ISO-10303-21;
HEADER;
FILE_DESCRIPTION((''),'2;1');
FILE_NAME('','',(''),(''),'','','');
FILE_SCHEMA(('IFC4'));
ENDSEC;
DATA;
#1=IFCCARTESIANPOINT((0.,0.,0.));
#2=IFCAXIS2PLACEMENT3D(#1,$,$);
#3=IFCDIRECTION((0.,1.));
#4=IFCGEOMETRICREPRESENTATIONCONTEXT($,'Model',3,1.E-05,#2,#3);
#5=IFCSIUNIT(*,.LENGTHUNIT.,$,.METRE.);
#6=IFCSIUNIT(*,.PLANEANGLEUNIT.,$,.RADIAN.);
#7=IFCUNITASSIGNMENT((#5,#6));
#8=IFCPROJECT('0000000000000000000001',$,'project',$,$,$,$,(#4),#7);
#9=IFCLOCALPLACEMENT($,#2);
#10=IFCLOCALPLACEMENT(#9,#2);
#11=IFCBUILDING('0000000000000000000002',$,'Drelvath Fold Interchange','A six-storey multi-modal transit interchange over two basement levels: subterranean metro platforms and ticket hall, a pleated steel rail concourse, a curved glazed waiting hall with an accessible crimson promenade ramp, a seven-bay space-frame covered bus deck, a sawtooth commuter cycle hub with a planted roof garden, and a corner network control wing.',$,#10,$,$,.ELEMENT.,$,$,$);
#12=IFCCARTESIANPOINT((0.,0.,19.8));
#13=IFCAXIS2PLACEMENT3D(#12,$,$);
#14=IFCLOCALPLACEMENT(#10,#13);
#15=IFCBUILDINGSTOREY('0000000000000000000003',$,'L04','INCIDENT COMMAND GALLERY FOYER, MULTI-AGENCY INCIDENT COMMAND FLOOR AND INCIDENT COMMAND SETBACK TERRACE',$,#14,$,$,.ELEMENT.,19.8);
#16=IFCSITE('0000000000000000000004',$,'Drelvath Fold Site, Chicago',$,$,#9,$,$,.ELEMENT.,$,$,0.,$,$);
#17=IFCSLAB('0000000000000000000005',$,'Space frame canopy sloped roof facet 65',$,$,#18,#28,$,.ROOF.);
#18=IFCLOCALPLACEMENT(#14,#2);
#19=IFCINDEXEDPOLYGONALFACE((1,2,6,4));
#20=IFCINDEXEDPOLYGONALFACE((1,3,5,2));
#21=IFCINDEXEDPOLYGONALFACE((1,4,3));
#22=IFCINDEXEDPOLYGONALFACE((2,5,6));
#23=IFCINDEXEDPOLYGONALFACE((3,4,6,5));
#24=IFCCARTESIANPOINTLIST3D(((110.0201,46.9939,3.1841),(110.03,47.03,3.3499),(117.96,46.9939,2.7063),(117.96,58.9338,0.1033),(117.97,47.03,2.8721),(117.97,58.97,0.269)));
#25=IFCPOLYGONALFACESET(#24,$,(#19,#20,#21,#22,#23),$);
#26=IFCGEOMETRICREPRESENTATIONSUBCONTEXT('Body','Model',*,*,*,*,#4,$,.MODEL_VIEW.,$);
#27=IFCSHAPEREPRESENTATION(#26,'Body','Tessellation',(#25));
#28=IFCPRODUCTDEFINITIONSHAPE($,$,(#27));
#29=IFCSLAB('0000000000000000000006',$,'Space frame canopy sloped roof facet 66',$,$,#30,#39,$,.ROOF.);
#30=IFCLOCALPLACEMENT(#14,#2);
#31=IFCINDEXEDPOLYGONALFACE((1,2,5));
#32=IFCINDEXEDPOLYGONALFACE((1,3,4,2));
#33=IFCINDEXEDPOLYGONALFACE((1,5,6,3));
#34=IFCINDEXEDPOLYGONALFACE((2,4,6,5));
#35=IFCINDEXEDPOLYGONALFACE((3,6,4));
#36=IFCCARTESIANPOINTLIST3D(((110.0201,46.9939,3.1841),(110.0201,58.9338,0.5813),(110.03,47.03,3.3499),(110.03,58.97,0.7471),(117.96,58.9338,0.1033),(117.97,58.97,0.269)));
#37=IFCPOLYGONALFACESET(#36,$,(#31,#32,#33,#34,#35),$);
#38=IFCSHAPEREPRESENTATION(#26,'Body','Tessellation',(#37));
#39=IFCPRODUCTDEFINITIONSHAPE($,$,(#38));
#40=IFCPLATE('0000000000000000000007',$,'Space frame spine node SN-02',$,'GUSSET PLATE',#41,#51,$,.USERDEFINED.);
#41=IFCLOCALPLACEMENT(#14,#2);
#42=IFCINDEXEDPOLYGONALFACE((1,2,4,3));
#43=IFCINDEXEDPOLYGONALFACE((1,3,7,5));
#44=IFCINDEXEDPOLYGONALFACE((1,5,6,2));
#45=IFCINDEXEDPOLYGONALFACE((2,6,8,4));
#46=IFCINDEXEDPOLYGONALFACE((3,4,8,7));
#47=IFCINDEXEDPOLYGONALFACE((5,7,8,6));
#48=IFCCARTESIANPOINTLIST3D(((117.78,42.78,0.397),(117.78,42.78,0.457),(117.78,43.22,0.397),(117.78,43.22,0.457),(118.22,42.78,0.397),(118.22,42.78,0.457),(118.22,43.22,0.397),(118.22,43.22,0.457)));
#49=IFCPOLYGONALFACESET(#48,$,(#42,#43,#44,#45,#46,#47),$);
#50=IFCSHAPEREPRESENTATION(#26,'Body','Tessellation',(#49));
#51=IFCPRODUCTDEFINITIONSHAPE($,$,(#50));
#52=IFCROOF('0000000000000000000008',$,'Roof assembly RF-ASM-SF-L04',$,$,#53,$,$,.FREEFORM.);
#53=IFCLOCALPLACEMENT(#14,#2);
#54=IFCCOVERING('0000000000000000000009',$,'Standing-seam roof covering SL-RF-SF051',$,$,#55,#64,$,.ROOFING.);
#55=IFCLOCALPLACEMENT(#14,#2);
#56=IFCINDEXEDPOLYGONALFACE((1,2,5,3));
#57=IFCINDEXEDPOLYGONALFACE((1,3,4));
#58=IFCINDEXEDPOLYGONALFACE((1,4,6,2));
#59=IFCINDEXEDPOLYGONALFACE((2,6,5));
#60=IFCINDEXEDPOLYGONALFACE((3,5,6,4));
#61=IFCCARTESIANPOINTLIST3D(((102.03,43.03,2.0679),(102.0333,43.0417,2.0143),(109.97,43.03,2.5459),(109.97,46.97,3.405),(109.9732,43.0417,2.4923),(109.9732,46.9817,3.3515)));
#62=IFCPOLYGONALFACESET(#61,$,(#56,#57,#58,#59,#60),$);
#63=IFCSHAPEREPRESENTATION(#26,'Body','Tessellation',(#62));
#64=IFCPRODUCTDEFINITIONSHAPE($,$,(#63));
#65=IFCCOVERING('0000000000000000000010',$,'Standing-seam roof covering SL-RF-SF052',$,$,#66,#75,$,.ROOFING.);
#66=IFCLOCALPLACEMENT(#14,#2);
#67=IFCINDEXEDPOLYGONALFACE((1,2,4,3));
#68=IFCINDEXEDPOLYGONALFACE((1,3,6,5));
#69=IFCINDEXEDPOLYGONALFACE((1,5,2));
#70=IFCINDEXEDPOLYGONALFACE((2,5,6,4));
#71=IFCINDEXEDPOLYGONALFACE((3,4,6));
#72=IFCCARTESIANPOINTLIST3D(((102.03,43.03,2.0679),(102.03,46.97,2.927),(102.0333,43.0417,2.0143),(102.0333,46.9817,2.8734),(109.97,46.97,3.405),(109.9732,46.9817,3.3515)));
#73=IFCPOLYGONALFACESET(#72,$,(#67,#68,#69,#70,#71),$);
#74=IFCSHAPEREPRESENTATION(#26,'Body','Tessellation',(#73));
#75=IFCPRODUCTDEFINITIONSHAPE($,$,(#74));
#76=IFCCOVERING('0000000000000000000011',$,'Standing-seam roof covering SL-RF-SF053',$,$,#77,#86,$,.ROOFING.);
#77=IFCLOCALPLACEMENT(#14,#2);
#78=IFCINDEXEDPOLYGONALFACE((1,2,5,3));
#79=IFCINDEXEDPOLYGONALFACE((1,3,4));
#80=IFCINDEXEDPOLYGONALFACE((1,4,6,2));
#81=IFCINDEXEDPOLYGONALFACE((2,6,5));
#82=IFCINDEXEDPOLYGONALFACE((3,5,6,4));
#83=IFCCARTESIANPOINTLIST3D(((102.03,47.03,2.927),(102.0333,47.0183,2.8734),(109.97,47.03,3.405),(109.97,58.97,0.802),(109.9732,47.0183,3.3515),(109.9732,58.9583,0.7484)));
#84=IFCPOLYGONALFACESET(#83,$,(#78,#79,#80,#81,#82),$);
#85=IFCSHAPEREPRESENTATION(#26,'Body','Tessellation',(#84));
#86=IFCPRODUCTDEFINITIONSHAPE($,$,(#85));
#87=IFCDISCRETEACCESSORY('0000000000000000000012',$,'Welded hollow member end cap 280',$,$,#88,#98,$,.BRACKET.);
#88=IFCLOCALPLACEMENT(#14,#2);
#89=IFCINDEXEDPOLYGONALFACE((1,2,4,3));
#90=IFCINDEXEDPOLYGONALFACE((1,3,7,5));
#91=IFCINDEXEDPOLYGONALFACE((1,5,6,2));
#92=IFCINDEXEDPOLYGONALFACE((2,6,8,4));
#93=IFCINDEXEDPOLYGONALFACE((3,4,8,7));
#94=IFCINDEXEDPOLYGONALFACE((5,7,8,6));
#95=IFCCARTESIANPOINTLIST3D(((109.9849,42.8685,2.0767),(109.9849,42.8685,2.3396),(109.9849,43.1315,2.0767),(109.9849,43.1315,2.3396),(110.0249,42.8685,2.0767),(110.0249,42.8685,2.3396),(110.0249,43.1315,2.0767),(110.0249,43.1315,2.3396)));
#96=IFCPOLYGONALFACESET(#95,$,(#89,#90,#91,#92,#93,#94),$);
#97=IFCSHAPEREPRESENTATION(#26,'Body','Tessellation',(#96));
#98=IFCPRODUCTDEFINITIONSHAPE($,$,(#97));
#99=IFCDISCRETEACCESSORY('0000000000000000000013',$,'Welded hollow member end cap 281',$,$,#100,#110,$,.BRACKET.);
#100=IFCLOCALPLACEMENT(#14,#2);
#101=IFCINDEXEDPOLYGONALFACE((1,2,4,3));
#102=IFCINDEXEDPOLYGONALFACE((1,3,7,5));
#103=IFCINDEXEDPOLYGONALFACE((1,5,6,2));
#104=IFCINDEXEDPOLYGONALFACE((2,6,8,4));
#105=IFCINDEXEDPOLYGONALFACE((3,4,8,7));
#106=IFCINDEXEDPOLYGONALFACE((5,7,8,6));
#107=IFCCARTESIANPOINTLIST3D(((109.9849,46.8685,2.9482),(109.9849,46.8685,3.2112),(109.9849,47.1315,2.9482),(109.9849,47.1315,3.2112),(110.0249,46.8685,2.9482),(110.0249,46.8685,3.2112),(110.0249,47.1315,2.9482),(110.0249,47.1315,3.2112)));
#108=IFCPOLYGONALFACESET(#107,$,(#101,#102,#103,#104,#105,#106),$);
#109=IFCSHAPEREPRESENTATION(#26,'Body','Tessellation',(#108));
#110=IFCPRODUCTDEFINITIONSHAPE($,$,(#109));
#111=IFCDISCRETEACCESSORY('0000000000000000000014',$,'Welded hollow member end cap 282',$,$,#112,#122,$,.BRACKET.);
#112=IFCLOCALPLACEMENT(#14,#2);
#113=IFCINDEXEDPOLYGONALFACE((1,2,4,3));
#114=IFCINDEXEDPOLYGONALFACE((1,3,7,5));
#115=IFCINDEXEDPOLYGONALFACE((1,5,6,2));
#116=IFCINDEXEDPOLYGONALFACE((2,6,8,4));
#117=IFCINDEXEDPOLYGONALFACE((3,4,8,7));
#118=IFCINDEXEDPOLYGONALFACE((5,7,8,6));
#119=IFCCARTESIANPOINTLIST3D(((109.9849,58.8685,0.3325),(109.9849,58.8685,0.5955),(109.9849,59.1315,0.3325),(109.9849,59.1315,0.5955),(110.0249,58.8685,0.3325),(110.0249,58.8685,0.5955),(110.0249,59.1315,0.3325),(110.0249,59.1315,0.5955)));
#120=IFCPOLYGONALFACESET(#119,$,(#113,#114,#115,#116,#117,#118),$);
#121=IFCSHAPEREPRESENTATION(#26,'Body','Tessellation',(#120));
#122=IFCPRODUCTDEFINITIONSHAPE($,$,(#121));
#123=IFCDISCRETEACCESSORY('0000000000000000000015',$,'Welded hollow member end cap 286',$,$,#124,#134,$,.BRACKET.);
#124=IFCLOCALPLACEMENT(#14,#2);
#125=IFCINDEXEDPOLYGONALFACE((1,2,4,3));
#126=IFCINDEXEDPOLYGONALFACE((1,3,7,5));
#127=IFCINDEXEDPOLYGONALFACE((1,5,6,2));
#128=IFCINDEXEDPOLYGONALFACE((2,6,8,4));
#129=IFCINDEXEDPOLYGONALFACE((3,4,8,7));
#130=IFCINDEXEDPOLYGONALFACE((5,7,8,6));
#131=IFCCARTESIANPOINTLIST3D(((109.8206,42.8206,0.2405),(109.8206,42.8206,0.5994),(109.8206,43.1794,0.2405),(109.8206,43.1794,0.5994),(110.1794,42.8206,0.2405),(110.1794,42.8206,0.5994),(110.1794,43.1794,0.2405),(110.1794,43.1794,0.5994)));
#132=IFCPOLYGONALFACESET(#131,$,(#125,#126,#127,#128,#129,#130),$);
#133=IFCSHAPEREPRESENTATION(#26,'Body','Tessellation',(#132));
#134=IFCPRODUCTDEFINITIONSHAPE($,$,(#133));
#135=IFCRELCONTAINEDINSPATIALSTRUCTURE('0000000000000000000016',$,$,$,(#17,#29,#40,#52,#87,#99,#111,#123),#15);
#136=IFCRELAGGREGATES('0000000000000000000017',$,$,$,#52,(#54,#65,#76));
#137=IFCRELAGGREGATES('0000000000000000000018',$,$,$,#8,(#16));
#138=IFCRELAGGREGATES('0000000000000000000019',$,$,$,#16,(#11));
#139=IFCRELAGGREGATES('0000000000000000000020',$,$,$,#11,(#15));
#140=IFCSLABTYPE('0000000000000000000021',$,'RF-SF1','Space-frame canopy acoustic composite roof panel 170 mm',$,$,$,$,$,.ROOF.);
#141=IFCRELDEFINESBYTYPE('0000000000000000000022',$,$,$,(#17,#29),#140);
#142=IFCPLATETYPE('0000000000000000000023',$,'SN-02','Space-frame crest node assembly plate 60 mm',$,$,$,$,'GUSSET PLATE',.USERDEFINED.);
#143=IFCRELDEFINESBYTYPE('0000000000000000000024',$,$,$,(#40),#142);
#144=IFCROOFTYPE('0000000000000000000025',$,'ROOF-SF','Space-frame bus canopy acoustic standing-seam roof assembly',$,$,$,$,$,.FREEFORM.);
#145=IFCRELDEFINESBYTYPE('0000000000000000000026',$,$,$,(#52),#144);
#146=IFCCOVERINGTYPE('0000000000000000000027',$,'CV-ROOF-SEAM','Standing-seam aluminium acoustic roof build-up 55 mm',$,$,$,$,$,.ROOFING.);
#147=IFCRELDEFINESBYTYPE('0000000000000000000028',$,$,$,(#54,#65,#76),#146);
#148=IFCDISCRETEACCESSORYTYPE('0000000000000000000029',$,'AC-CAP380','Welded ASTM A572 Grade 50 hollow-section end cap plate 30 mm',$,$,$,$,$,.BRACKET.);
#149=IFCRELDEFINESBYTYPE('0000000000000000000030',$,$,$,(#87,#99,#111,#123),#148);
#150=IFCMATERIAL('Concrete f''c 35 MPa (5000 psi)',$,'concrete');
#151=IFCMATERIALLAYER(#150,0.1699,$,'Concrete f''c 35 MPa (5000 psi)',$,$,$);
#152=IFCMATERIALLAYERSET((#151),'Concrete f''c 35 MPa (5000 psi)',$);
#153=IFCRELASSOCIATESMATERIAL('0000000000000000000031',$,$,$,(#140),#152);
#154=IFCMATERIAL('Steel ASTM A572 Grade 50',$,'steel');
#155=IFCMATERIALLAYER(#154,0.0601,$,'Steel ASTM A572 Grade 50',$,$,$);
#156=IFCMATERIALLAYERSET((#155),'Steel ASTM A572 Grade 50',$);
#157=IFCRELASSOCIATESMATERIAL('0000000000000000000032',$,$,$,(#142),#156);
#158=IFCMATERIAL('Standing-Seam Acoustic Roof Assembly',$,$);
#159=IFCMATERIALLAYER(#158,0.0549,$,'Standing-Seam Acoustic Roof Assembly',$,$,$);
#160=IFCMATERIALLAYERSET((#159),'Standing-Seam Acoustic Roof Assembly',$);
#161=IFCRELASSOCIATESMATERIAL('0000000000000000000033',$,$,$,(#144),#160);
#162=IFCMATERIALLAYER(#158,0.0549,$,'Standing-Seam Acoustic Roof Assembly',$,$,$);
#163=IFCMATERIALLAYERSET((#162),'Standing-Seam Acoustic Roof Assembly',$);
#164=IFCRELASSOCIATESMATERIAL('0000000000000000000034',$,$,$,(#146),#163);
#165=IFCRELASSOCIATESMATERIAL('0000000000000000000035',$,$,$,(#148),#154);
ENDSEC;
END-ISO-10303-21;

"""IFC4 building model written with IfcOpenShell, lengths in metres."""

from ifc_helpers import new_model, si_unit, direction, frame, origin, origin_2d, place, context, subcontext, project, spatial, polyline, rectangle, outline, extrude, material, layer, layer_set, type_object, element, aggregate, save


model = new_model("IFC4")

# Units and contexts
model_context = context("Model", 3, precision=1e-05, world=origin(), true_north=direction((0.0, 1.0)))
body_context = subcontext(model_context, "Body", "Model", "MODEL_VIEW")
ifc_project = project(units=[si_unit("LENGTHUNIT", "METRE"), si_unit("PLANEANGLEUNIT", "RADIAN")], contexts=[model_context])

# Site, building, storey
site_placement = place(None, origin())
site = spatial("IfcSite", under=ifc_project, at=site_placement, Name="Drelvath Fold Site, Chicago", CompositionType="ELEMENT", RefElevation=0.0)
building_placement = place(site_placement, origin())
building = spatial("IfcBuilding", under=site, at=building_placement, Name="Drelvath Fold Interchange", Description="A six-storey multi-modal transit interchange over two basement levels: subterranean metro platforms and ticket hall, a pleated steel rail concourse, a curved glazed waiting hall with an accessible crimson promenade ramp, a seven-bay space-frame covered bus deck, a sawtooth commuter cycle hub with a planted roof garden, and a corner network control wing.", CompositionType="ELEMENT")
storey_placement = place(building_placement, frame((0.0, 0.0, 19.8)))
storey = spatial("IfcBuildingStorey", under=building, at=storey_placement, Name="L04", Description="INCIDENT COMMAND GALLERY FOYER, MULTI-AGENCY INCIDENT COMMAND FLOOR AND INCIDENT COMMAND SETBACK TERRACE", CompositionType="ELEMENT", Elevation=19.8)

# Slabs
ifc_material_1 = material(Name="Concrete f'c 35 MPa (5000 psi)", Category="concrete")
ifc_layer_1 = layer(ifc_material_1, 0.1699, Name="Concrete f'c 35 MPa (5000 psi)")
ifc_layer_set_1 = layer_set([ifc_layer_1], Name="Concrete f'c 35 MPa (5000 psi)")
slab_type = type_object("IfcSlabType", Name="RF-SF1", Description="Space-frame canopy acoustic composite roof panel 170 mm", PredefinedType="ROOF", material=ifc_layer_set_1)
slab_1_placement = place(storey_placement, frame((110.03, 47.03, 3.3499), z_axis=(0.058692, 0.21264, 0.975366), x_axis=(0.998194, 0.0, -0.060066)))
element("IfcSlab", 1, at=slab_1_placement, inside=storey, type_object=slab_type, Name="Space frame canopy sloped roof facet 65", PredefinedType="ROOF", context=body_context, shape_type="SweptSolid", body=[
    extrude(outline(polyline([(0.0, 0.0), (7.9543, 0.0), (8.1107, 12.2194), (0.0, 0.0)])), origin(), (0.0, 0.0, -1.0), 0.1699),
])
slab_2_placement = place(storey_placement, frame((110.03, 47.03, 3.3499), z_axis=(0.058722, 0.21262, 0.975369), x_axis=(0.541378, 0.814115, -0.210063)))
element("IfcSlab", 2, at=slab_2_placement, inside=storey, type_object=slab_type, Name="Space frame canopy sloped roof facet 66", PredefinedType="ROOF", context=body_context, shape_type="SweptSolid", body=[
    extrude(outline(polyline([(0.0, 0.0), (14.6662, 0.0), (10.2672, 6.6273), (0.0, 0.0)])), origin(), (0.0, 0.0, -1.0), 0.1699),
])

# Plate
ifc_material_2 = material(Name="Steel ASTM A572 Grade 50", Category="steel")
ifc_layer_2 = layer(ifc_material_2, 0.0601, Name="Steel ASTM A572 Grade 50")
ifc_layer_set_2 = layer_set([ifc_layer_2], Name="Steel ASTM A572 Grade 50")
plate_type = type_object("IfcPlateType", Name="SN-02", Description="Space-frame crest node assembly plate 60 mm", ElementType="GUSSET PLATE", PredefinedType="USERDEFINED", material=ifc_layer_set_2)
plate_placement = place(storey_placement, frame((118.0, 43.0, 0.397), z_axis=(0.0, 0.0, 1.0), x_axis=(1.0, 0.0, 0.0)))
element("IfcPlate", 3, at=plate_placement, inside=storey, type_object=plate_type, Name="Space frame spine node SN-02", ObjectType="GUSSET PLATE", PredefinedType="USERDEFINED", context=body_context, shape_type="SweptSolid", body=[
    extrude(rectangle(XDim=0.4399, YDim=0.4399, at=origin_2d()), origin(), (0.0, 0.0, 1.0), 0.0601),
])

# Roof, coverings
ifc_material_3 = material(Name="Standing-Seam Acoustic Roof Assembly")
ifc_layer_3 = layer(ifc_material_3, 0.0549, Name="Standing-Seam Acoustic Roof Assembly")
ifc_layer_set_3 = layer_set([ifc_layer_3], Name="Standing-Seam Acoustic Roof Assembly")
roof_type = type_object("IfcRoofType", Name="ROOF-SF", Description="Space-frame bus canopy acoustic standing-seam roof assembly", PredefinedType="FREEFORM", material=ifc_layer_set_3)
roof_placement = place(storey_placement, origin())
roof = element("IfcRoof", 4, at=roof_placement, inside=storey, type_object=roof_type, Name="Roof assembly RF-ASM-SF-L04", PredefinedType="FREEFORM")
ifc_layer_4 = layer(ifc_material_3, 0.0549, Name="Standing-Seam Acoustic Roof Assembly")
ifc_layer_set_4 = layer_set([ifc_layer_4], Name="Standing-Seam Acoustic Roof Assembly")
covering_type = type_object("IfcCoveringType", Name="CV-ROOF-SEAM", Description="Standing-seam aluminium acoustic roof build-up 55 mm", PredefinedType="ROOFING", material=ifc_layer_set_4)
covering_1_placement = place(storey_placement, frame((102.03, 43.03, 2.0679), z_axis=(-0.058722, -0.212683, 0.975355), x_axis=(0.998193, 0.0, 0.060097)))
covering_1 = element("IfcCovering", 5, at=covering_1_placement, type_object=covering_type, Name="Standing-seam roof covering SL-RF-SF051", PredefinedType="ROOFING", context=body_context, shape_type="SweptSolid", body=[
    extrude(outline(polyline([(0.0, 0.0), (7.9543, 0.0), (8.0059, 4.0322), (0.0, 0.0)])), origin(), (0.0, 0.0, -1.0), 0.0549),
])
covering_2_placement = place(storey_placement, frame((102.03, 43.03, 2.0679), z_axis=(-0.058722, -0.212683, 0.975355), x_axis=(0.885756, 0.439528, 0.149169)))
covering_2 = element("IfcCovering", 6, at=covering_2_placement, type_object=covering_type, Name="Standing-seam roof covering SL-RF-SF052", PredefinedType="ROOFING", context=body_context, shape_type="SweptSolid", body=[
    extrude(outline(polyline([(0.0, 0.0), (8.964, 0.0), (1.8599, 3.578), (0.0, 0.0)])), origin(), (0.0, 0.0, -1.0), 0.0549),
])
covering_3_placement = place(storey_placement, frame((102.03, 47.03, 2.927), z_axis=(-0.058722, 0.212639, 0.975365), x_axis=(0.998193, 0.0, 0.060097)))
covering_3 = element("IfcCovering", 7, at=covering_3_placement, type_object=covering_type, Name="Standing-seam roof covering SL-RF-SF053", PredefinedType="ROOFING", context=body_context, shape_type="SweptSolid", body=[
    extrude(outline(polyline([(0.0, 0.0), (7.9543, 0.0), (7.7979, 12.2194), (0.0, 0.0)])), origin(), (0.0, 0.0, -1.0), 0.0549),
])
aggregate(roof, [covering_1, covering_2, covering_3])

# Discrete accessories
discrete_accessory_type = type_object("IfcDiscreteAccessoryType", Name="AC-CAP380", Description="Welded ASTM A572 Grade 50 hollow-section end cap plate 30 mm", PredefinedType="BRACKET", material=ifc_material_2)
for number, where, z_axis, x_axis, name in (
    (8, (110.0049, 43.0, 2.0767), (0.0, 0.0, 1.0), (1.0, 0.0, 0.0), "Welded hollow member end cap 280"),
    (9, (110.0049, 47.0, 2.9482), (0.0, 0.0, 1.0), (1.0, 0.0, 0.0), "Welded hollow member end cap 281"),
    (10, (110.0049, 59.0, 0.3325), (0.0, 0.0, 1.0), (1.0, 0.0, 0.0), "Welded hollow member end cap 282"),
):
    element("IfcDiscreteAccessory", number, at=place(storey_placement, frame(where, z_axis=z_axis, x_axis=x_axis)), inside=storey, type_object=discrete_accessory_type, Name=name, PredefinedType="BRACKET", context=body_context, shape_type="SweptSolid", body=[
        extrude(rectangle(XDim=0.04, YDim=0.2629, at=origin_2d()), origin(), (0.0, 0.0, 1.0), 0.2629),
    ])
discrete_accessory_placement = place(storey_placement, frame((110.0, 43.0, 0.2405), z_axis=(0.0, 0.0, 1.0), x_axis=(1.0, 0.0, 0.0)))
element("IfcDiscreteAccessory", 11, at=discrete_accessory_placement, inside=storey, type_object=discrete_accessory_type, Name="Welded hollow member end cap 286", PredefinedType="BRACKET", context=body_context, shape_type="SweptSolid", body=[
    extrude(rectangle(XDim=0.3589, YDim=0.3589, at=origin_2d()), origin(), (0.0, 0.0, 1.0), 0.3589),
])

save(model, "model.ifc")
